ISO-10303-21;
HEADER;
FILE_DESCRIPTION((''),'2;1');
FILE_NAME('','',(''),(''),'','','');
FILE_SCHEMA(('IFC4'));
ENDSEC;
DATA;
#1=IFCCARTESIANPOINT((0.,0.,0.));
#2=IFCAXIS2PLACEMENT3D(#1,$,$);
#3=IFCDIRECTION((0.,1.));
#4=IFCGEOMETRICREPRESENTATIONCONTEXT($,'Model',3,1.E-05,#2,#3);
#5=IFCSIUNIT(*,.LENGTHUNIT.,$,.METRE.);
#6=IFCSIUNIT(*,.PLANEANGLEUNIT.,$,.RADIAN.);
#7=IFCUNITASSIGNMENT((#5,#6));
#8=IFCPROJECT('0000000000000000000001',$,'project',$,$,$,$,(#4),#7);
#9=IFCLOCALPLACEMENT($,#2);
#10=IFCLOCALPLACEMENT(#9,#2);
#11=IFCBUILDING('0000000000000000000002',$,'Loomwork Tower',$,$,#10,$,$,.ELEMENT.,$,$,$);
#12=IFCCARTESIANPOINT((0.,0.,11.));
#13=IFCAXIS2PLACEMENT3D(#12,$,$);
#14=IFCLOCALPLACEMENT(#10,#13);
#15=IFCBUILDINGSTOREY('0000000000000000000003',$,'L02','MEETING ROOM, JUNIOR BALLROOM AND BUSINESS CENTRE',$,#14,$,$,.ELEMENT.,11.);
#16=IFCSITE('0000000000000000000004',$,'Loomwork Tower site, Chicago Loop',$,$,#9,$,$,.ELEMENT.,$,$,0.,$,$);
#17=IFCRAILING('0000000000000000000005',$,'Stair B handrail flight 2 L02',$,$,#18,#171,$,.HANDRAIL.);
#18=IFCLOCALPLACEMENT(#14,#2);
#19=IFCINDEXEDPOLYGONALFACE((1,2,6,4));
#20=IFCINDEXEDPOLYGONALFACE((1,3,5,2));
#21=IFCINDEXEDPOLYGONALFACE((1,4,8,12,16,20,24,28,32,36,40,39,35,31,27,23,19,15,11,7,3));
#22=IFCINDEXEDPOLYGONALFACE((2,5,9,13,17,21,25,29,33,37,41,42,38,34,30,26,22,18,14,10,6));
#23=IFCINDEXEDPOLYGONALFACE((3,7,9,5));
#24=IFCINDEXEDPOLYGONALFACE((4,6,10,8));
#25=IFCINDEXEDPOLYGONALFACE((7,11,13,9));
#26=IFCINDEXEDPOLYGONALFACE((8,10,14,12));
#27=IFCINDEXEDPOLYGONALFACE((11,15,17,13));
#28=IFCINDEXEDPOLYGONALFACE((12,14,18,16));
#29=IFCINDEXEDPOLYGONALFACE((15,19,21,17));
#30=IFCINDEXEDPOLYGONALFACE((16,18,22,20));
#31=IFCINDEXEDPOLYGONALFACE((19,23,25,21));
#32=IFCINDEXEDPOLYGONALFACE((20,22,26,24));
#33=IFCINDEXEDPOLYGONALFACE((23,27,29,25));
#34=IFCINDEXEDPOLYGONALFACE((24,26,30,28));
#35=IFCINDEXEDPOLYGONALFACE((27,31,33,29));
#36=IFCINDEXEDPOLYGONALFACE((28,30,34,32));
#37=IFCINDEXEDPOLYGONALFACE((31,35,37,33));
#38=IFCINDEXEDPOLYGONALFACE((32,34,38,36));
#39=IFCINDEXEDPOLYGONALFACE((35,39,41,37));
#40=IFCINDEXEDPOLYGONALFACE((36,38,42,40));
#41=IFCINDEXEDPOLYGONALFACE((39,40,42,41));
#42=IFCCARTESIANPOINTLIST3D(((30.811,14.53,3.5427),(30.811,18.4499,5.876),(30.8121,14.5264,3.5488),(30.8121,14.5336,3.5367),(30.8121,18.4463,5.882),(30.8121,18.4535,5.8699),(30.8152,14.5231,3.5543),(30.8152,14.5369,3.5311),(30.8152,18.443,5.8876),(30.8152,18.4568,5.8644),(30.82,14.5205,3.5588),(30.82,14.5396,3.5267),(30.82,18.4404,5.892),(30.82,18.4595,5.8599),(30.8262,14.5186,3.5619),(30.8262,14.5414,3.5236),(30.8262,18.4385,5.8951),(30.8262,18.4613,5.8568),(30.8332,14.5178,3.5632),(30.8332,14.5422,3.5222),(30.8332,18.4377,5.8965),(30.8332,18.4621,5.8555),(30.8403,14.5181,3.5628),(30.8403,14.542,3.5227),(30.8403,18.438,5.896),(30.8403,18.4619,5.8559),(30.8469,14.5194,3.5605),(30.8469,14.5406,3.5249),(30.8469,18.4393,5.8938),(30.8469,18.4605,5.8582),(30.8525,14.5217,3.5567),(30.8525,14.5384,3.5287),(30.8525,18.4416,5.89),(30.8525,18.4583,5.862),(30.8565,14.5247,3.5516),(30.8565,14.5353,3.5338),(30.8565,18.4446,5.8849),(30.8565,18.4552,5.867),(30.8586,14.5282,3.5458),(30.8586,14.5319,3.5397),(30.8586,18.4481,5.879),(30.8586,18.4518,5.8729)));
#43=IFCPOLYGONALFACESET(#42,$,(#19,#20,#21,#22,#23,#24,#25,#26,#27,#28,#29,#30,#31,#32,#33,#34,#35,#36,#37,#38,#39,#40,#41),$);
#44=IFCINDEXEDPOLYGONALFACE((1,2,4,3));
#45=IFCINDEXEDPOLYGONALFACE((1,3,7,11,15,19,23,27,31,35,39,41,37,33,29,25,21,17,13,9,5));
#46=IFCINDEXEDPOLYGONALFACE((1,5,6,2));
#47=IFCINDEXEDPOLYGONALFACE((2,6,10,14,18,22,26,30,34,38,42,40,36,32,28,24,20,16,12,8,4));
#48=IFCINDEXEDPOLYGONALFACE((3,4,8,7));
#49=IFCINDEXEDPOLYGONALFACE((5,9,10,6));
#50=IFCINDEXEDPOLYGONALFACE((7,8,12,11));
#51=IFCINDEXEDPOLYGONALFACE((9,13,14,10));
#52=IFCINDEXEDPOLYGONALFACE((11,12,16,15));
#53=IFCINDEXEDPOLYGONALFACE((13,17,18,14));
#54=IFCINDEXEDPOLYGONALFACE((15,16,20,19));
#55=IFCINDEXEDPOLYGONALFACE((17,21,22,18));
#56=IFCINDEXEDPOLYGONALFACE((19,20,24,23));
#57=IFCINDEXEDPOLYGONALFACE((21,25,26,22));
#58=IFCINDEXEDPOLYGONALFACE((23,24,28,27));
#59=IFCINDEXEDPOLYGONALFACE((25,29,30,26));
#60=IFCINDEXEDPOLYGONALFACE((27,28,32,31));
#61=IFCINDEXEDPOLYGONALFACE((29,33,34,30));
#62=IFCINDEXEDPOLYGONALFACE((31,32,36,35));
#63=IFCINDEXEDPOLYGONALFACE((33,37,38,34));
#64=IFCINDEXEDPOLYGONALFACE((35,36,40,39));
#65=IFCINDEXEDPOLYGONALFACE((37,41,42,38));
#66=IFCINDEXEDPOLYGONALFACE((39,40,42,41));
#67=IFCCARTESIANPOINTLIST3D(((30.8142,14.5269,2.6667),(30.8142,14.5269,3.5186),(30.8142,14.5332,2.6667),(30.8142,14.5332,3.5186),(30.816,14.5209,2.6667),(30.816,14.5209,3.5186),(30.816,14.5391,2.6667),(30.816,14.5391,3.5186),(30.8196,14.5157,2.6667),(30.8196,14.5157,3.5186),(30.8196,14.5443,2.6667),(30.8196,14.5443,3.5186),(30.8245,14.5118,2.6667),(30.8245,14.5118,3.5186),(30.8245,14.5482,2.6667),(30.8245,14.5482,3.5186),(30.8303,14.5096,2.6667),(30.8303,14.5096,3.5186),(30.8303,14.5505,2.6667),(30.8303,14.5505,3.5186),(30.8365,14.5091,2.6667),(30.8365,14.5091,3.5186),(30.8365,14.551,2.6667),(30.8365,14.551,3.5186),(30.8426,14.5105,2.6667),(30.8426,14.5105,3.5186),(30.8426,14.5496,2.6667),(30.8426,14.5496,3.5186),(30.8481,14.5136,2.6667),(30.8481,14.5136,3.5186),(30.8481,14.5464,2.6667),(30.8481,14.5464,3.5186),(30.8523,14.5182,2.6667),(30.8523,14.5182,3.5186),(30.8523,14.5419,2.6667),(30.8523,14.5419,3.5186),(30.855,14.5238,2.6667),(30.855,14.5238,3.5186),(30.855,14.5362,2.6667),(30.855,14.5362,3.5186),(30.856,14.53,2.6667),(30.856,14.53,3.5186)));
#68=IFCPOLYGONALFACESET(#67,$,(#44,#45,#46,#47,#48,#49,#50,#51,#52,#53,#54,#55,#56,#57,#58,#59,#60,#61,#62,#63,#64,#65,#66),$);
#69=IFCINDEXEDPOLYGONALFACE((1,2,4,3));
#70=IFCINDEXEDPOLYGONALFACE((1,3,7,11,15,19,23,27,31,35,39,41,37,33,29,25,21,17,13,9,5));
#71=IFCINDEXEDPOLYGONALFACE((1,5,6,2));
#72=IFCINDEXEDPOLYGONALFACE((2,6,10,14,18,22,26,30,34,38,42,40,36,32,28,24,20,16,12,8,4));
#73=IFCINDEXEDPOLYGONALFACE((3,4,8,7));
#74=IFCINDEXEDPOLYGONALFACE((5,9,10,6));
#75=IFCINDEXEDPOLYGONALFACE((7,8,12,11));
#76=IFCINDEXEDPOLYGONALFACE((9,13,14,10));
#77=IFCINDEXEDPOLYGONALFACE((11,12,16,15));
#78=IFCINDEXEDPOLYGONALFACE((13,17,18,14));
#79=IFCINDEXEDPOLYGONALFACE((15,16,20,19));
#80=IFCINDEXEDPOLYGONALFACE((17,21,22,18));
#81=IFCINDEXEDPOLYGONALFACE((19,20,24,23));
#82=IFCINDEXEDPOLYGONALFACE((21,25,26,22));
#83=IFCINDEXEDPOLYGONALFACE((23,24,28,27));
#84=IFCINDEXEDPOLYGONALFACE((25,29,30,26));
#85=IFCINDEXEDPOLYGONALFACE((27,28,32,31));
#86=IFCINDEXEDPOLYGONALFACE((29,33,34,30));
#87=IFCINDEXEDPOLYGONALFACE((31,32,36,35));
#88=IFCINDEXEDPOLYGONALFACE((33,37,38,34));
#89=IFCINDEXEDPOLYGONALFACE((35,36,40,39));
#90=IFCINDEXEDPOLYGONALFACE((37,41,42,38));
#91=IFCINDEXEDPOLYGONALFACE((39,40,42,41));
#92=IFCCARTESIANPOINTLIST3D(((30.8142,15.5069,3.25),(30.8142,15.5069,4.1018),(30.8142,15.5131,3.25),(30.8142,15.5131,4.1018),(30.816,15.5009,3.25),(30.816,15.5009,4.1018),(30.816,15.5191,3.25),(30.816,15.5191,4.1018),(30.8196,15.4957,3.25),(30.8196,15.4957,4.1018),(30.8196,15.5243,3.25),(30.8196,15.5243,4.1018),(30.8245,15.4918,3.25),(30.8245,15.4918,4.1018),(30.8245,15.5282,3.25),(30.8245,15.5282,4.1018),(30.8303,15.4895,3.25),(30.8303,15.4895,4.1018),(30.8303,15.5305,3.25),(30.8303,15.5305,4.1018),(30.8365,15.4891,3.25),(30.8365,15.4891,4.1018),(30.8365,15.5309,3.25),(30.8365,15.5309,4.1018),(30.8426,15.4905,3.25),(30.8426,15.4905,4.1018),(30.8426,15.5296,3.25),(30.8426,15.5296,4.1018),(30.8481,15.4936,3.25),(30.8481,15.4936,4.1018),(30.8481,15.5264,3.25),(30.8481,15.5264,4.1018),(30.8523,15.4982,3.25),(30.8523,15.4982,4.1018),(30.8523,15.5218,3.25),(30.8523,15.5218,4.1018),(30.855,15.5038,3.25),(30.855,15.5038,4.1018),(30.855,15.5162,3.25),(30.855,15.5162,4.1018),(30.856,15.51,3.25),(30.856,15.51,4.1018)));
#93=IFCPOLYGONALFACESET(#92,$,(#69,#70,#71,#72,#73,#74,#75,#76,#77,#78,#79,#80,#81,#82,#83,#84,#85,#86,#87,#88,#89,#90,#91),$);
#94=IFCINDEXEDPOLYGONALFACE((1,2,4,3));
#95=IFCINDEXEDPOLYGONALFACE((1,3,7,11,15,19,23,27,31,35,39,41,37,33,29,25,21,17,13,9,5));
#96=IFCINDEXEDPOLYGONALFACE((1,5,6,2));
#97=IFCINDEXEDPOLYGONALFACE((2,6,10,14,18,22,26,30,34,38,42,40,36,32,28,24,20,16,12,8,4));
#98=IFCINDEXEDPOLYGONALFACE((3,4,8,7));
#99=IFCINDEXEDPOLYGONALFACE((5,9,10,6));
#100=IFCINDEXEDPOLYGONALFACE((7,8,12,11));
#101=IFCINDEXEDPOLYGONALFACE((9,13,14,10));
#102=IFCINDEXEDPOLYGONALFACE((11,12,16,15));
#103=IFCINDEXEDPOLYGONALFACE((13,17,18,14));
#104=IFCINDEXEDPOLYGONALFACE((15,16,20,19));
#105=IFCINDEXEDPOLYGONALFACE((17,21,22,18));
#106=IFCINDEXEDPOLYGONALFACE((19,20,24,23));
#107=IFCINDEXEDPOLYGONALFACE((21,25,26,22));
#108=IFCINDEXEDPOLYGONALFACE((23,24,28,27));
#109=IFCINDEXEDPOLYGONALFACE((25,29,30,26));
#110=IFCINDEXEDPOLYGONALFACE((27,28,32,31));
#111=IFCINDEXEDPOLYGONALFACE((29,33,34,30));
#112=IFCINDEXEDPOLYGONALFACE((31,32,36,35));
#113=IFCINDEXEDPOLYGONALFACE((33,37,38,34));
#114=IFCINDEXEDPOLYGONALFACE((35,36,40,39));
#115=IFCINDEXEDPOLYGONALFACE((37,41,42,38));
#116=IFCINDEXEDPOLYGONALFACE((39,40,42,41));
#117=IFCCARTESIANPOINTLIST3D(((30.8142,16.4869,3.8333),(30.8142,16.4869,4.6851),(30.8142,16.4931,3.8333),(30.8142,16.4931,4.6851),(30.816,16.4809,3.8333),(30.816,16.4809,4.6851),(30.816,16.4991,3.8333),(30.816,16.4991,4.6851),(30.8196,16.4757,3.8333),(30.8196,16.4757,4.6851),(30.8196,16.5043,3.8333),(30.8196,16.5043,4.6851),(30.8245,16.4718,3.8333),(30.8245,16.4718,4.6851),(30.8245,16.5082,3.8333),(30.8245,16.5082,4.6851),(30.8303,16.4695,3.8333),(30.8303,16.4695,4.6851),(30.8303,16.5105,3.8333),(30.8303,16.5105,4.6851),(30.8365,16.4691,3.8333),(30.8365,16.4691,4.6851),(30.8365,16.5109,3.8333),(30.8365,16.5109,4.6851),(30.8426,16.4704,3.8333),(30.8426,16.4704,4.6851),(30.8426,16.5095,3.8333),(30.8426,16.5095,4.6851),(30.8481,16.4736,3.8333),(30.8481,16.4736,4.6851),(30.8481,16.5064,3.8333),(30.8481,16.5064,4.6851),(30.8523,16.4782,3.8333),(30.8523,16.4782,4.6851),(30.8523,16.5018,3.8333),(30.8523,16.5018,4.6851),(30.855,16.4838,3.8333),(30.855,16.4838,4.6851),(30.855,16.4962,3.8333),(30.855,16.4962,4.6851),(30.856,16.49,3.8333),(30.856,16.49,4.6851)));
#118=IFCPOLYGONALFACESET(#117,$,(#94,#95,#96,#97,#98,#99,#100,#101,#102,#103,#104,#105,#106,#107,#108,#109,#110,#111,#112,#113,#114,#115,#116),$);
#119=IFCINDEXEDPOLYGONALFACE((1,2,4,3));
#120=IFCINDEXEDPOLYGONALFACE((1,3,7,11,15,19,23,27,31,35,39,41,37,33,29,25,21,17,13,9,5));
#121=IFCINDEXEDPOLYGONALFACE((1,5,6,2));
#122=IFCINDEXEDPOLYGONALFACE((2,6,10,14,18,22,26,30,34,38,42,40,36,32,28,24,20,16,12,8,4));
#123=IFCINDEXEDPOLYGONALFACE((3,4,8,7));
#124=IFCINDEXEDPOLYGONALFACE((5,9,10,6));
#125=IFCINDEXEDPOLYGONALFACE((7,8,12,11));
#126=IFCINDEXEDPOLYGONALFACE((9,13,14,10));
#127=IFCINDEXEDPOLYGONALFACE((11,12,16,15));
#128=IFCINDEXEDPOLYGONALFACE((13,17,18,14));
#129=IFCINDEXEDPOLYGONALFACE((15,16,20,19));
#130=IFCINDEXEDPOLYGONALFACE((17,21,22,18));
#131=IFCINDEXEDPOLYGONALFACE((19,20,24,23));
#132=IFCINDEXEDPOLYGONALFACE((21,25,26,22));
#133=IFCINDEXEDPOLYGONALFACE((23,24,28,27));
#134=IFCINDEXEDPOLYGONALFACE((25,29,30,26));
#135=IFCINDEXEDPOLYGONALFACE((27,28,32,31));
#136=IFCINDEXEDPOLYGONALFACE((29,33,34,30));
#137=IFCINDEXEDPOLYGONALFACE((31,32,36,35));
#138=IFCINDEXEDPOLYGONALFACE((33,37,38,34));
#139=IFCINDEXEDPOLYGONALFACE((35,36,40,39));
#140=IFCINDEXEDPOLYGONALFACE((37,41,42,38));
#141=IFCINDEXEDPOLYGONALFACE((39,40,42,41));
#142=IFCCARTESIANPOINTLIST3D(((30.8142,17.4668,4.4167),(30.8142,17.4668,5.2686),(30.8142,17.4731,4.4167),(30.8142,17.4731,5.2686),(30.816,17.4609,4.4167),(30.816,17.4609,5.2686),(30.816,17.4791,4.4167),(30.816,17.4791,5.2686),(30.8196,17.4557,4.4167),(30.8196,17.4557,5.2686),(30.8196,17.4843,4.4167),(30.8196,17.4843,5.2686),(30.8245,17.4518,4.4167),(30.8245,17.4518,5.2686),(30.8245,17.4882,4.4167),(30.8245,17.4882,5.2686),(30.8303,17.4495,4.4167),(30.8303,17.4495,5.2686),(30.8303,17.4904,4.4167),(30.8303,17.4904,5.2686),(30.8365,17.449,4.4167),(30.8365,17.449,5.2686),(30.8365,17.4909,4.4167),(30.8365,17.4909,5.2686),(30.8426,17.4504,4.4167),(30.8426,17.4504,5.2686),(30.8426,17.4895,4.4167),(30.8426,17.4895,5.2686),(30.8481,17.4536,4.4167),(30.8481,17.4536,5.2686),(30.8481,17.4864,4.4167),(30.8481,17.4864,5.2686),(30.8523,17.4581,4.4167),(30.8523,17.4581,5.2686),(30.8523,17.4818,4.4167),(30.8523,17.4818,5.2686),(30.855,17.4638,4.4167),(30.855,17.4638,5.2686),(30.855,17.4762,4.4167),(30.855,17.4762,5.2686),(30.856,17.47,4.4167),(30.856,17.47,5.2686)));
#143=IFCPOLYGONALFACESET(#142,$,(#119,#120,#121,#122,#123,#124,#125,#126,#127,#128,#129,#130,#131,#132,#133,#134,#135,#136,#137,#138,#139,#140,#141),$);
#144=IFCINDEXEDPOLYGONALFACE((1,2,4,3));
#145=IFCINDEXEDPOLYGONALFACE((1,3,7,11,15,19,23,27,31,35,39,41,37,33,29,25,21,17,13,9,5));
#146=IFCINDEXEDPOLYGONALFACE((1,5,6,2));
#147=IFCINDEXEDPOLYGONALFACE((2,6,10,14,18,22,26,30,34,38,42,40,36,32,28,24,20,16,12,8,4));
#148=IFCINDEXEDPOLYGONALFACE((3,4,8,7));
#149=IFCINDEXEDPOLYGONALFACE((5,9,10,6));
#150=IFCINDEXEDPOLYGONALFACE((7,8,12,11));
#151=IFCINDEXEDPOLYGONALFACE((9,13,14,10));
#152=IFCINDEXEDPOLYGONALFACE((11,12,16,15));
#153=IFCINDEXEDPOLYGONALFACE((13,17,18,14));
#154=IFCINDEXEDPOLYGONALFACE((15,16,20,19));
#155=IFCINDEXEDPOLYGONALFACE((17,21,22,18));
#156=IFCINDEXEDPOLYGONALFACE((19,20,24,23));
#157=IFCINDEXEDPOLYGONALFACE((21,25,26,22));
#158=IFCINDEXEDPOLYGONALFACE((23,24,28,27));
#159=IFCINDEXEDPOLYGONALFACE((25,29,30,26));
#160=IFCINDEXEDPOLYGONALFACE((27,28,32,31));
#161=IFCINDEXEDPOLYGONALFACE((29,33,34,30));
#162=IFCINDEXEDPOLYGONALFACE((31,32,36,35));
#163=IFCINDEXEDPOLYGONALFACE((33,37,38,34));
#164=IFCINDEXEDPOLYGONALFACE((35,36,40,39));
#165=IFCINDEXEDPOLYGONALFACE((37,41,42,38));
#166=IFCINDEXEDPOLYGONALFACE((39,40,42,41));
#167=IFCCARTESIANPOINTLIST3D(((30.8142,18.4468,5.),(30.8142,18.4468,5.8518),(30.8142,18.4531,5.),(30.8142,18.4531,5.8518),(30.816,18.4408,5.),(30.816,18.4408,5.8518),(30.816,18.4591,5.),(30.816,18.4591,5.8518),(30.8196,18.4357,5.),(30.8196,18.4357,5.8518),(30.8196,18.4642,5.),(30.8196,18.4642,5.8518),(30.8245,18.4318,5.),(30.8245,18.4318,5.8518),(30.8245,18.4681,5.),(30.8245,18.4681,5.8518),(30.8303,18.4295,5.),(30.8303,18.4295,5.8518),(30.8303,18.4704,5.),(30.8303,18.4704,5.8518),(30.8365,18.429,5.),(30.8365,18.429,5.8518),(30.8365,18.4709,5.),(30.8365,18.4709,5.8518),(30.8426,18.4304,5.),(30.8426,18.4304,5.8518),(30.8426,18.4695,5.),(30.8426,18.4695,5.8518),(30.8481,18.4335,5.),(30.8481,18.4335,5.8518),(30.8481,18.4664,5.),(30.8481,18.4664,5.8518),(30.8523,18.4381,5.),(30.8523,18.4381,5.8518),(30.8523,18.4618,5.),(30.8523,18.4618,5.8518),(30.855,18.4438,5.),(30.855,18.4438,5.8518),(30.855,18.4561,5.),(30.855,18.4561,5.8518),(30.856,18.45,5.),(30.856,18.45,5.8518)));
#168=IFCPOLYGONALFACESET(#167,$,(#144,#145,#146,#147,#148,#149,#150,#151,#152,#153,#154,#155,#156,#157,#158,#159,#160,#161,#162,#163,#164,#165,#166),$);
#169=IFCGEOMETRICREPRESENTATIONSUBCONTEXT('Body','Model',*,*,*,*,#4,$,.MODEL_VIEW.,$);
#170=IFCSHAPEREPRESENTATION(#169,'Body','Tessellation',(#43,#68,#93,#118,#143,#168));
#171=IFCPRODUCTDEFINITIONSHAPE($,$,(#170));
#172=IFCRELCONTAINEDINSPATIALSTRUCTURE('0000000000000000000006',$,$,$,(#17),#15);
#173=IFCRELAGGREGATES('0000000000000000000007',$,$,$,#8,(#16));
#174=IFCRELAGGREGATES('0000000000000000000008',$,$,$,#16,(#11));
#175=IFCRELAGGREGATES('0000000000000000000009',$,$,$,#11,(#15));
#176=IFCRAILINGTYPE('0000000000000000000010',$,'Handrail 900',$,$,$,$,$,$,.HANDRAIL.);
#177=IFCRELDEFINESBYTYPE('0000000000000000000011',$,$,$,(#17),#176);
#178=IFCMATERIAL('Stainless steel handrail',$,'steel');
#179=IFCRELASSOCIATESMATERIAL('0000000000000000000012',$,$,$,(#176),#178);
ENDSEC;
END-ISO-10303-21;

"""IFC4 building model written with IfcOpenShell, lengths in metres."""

from ifc_helpers import new_model, si_unit, direction, frame, origin, origin_2d, place, context, subcontext, project, spatial, circle, extrude, material, type_object, element, save


model = new_model("IFC4")

# Units and contexts
model_context = context("Model", 3, precision=1e-05, world=origin(), true_north=direction((0.0, 1.0)))
body_context = subcontext(model_context, "Body", "Model", "MODEL_VIEW")
ifc_project = project(units=[si_unit("LENGTHUNIT", "METRE"), si_unit("PLANEANGLEUNIT", "RADIAN")], contexts=[model_context])

# Site, building, storey
site_placement = place(None, origin())
site = spatial("IfcSite", under=ifc_project, at=site_placement, Name="Loomwork Tower site, Chicago Loop", CompositionType="ELEMENT", RefElevation=0.0)
building_placement = place(site_placement, origin())
building = spatial("IfcBuilding", under=site, at=building_placement, Name="Loomwork Tower", CompositionType="ELEMENT")
storey_placement = place(building_placement, frame((0.0, 0.0, 11.0)))
storey = spatial("IfcBuildingStorey", under=building, at=storey_placement, Name="L02", Description="MEETING ROOM, JUNIOR BALLROOM AND BUSINESS CENTRE", CompositionType="ELEMENT", Elevation=11.0)

# Railing
ifc_material_1 = material(Name="Stainless steel handrail", Category="steel")
railing_type = type_object("IfcRailingType", Name="Handrail 900", PredefinedType="HANDRAIL", material=ifc_material_1)
railing_1_placement = place(storey_placement, frame((30.835, 14.53, 2.6667)))
element("IfcRailing", 1, at=railing_1_placement, inside=storey, type_object=railing_type, Name="Stair B handrail flight 2 L02", PredefinedType="HANDRAIL", context=body_context, shape_type="SweptSolid", body=[
    extrude(circle(Radius=0.0239, at=origin_2d()), frame((0.0, 0.0, 0.876), z_axis=(0.0, 0.859296, 0.511478), x_axis=(-1.0, 0.0, 0.0)), (0.0, 0.0, 1.0), 4.5618),
    extrude(circle(Radius=0.021, at=origin_2d()), origin(), (0.0, 0.0, 1.0), 0.8518),
    extrude(circle(Radius=0.021, at=origin_2d()), frame((0.0, 0.98, 0.5833)), (0.0, 0.0, 1.0), 0.8518),
    extrude(circle(Radius=0.021, at=origin_2d()), frame((0.0, 1.96, 1.1665)), (0.0, 0.0, 1.0), 0.8518),
    extrude(circle(Radius=0.021, at=origin_2d()), frame((0.0, 2.9399, 1.75)), (0.0, 0.0, 1.0), 0.8518),
    extrude(circle(Radius=0.021, at=origin_2d()), frame((0.0, 3.9199, 2.3333)), (0.0, 0.0, 1.0), 0.8518),
])

save(model, "model.ifc")
